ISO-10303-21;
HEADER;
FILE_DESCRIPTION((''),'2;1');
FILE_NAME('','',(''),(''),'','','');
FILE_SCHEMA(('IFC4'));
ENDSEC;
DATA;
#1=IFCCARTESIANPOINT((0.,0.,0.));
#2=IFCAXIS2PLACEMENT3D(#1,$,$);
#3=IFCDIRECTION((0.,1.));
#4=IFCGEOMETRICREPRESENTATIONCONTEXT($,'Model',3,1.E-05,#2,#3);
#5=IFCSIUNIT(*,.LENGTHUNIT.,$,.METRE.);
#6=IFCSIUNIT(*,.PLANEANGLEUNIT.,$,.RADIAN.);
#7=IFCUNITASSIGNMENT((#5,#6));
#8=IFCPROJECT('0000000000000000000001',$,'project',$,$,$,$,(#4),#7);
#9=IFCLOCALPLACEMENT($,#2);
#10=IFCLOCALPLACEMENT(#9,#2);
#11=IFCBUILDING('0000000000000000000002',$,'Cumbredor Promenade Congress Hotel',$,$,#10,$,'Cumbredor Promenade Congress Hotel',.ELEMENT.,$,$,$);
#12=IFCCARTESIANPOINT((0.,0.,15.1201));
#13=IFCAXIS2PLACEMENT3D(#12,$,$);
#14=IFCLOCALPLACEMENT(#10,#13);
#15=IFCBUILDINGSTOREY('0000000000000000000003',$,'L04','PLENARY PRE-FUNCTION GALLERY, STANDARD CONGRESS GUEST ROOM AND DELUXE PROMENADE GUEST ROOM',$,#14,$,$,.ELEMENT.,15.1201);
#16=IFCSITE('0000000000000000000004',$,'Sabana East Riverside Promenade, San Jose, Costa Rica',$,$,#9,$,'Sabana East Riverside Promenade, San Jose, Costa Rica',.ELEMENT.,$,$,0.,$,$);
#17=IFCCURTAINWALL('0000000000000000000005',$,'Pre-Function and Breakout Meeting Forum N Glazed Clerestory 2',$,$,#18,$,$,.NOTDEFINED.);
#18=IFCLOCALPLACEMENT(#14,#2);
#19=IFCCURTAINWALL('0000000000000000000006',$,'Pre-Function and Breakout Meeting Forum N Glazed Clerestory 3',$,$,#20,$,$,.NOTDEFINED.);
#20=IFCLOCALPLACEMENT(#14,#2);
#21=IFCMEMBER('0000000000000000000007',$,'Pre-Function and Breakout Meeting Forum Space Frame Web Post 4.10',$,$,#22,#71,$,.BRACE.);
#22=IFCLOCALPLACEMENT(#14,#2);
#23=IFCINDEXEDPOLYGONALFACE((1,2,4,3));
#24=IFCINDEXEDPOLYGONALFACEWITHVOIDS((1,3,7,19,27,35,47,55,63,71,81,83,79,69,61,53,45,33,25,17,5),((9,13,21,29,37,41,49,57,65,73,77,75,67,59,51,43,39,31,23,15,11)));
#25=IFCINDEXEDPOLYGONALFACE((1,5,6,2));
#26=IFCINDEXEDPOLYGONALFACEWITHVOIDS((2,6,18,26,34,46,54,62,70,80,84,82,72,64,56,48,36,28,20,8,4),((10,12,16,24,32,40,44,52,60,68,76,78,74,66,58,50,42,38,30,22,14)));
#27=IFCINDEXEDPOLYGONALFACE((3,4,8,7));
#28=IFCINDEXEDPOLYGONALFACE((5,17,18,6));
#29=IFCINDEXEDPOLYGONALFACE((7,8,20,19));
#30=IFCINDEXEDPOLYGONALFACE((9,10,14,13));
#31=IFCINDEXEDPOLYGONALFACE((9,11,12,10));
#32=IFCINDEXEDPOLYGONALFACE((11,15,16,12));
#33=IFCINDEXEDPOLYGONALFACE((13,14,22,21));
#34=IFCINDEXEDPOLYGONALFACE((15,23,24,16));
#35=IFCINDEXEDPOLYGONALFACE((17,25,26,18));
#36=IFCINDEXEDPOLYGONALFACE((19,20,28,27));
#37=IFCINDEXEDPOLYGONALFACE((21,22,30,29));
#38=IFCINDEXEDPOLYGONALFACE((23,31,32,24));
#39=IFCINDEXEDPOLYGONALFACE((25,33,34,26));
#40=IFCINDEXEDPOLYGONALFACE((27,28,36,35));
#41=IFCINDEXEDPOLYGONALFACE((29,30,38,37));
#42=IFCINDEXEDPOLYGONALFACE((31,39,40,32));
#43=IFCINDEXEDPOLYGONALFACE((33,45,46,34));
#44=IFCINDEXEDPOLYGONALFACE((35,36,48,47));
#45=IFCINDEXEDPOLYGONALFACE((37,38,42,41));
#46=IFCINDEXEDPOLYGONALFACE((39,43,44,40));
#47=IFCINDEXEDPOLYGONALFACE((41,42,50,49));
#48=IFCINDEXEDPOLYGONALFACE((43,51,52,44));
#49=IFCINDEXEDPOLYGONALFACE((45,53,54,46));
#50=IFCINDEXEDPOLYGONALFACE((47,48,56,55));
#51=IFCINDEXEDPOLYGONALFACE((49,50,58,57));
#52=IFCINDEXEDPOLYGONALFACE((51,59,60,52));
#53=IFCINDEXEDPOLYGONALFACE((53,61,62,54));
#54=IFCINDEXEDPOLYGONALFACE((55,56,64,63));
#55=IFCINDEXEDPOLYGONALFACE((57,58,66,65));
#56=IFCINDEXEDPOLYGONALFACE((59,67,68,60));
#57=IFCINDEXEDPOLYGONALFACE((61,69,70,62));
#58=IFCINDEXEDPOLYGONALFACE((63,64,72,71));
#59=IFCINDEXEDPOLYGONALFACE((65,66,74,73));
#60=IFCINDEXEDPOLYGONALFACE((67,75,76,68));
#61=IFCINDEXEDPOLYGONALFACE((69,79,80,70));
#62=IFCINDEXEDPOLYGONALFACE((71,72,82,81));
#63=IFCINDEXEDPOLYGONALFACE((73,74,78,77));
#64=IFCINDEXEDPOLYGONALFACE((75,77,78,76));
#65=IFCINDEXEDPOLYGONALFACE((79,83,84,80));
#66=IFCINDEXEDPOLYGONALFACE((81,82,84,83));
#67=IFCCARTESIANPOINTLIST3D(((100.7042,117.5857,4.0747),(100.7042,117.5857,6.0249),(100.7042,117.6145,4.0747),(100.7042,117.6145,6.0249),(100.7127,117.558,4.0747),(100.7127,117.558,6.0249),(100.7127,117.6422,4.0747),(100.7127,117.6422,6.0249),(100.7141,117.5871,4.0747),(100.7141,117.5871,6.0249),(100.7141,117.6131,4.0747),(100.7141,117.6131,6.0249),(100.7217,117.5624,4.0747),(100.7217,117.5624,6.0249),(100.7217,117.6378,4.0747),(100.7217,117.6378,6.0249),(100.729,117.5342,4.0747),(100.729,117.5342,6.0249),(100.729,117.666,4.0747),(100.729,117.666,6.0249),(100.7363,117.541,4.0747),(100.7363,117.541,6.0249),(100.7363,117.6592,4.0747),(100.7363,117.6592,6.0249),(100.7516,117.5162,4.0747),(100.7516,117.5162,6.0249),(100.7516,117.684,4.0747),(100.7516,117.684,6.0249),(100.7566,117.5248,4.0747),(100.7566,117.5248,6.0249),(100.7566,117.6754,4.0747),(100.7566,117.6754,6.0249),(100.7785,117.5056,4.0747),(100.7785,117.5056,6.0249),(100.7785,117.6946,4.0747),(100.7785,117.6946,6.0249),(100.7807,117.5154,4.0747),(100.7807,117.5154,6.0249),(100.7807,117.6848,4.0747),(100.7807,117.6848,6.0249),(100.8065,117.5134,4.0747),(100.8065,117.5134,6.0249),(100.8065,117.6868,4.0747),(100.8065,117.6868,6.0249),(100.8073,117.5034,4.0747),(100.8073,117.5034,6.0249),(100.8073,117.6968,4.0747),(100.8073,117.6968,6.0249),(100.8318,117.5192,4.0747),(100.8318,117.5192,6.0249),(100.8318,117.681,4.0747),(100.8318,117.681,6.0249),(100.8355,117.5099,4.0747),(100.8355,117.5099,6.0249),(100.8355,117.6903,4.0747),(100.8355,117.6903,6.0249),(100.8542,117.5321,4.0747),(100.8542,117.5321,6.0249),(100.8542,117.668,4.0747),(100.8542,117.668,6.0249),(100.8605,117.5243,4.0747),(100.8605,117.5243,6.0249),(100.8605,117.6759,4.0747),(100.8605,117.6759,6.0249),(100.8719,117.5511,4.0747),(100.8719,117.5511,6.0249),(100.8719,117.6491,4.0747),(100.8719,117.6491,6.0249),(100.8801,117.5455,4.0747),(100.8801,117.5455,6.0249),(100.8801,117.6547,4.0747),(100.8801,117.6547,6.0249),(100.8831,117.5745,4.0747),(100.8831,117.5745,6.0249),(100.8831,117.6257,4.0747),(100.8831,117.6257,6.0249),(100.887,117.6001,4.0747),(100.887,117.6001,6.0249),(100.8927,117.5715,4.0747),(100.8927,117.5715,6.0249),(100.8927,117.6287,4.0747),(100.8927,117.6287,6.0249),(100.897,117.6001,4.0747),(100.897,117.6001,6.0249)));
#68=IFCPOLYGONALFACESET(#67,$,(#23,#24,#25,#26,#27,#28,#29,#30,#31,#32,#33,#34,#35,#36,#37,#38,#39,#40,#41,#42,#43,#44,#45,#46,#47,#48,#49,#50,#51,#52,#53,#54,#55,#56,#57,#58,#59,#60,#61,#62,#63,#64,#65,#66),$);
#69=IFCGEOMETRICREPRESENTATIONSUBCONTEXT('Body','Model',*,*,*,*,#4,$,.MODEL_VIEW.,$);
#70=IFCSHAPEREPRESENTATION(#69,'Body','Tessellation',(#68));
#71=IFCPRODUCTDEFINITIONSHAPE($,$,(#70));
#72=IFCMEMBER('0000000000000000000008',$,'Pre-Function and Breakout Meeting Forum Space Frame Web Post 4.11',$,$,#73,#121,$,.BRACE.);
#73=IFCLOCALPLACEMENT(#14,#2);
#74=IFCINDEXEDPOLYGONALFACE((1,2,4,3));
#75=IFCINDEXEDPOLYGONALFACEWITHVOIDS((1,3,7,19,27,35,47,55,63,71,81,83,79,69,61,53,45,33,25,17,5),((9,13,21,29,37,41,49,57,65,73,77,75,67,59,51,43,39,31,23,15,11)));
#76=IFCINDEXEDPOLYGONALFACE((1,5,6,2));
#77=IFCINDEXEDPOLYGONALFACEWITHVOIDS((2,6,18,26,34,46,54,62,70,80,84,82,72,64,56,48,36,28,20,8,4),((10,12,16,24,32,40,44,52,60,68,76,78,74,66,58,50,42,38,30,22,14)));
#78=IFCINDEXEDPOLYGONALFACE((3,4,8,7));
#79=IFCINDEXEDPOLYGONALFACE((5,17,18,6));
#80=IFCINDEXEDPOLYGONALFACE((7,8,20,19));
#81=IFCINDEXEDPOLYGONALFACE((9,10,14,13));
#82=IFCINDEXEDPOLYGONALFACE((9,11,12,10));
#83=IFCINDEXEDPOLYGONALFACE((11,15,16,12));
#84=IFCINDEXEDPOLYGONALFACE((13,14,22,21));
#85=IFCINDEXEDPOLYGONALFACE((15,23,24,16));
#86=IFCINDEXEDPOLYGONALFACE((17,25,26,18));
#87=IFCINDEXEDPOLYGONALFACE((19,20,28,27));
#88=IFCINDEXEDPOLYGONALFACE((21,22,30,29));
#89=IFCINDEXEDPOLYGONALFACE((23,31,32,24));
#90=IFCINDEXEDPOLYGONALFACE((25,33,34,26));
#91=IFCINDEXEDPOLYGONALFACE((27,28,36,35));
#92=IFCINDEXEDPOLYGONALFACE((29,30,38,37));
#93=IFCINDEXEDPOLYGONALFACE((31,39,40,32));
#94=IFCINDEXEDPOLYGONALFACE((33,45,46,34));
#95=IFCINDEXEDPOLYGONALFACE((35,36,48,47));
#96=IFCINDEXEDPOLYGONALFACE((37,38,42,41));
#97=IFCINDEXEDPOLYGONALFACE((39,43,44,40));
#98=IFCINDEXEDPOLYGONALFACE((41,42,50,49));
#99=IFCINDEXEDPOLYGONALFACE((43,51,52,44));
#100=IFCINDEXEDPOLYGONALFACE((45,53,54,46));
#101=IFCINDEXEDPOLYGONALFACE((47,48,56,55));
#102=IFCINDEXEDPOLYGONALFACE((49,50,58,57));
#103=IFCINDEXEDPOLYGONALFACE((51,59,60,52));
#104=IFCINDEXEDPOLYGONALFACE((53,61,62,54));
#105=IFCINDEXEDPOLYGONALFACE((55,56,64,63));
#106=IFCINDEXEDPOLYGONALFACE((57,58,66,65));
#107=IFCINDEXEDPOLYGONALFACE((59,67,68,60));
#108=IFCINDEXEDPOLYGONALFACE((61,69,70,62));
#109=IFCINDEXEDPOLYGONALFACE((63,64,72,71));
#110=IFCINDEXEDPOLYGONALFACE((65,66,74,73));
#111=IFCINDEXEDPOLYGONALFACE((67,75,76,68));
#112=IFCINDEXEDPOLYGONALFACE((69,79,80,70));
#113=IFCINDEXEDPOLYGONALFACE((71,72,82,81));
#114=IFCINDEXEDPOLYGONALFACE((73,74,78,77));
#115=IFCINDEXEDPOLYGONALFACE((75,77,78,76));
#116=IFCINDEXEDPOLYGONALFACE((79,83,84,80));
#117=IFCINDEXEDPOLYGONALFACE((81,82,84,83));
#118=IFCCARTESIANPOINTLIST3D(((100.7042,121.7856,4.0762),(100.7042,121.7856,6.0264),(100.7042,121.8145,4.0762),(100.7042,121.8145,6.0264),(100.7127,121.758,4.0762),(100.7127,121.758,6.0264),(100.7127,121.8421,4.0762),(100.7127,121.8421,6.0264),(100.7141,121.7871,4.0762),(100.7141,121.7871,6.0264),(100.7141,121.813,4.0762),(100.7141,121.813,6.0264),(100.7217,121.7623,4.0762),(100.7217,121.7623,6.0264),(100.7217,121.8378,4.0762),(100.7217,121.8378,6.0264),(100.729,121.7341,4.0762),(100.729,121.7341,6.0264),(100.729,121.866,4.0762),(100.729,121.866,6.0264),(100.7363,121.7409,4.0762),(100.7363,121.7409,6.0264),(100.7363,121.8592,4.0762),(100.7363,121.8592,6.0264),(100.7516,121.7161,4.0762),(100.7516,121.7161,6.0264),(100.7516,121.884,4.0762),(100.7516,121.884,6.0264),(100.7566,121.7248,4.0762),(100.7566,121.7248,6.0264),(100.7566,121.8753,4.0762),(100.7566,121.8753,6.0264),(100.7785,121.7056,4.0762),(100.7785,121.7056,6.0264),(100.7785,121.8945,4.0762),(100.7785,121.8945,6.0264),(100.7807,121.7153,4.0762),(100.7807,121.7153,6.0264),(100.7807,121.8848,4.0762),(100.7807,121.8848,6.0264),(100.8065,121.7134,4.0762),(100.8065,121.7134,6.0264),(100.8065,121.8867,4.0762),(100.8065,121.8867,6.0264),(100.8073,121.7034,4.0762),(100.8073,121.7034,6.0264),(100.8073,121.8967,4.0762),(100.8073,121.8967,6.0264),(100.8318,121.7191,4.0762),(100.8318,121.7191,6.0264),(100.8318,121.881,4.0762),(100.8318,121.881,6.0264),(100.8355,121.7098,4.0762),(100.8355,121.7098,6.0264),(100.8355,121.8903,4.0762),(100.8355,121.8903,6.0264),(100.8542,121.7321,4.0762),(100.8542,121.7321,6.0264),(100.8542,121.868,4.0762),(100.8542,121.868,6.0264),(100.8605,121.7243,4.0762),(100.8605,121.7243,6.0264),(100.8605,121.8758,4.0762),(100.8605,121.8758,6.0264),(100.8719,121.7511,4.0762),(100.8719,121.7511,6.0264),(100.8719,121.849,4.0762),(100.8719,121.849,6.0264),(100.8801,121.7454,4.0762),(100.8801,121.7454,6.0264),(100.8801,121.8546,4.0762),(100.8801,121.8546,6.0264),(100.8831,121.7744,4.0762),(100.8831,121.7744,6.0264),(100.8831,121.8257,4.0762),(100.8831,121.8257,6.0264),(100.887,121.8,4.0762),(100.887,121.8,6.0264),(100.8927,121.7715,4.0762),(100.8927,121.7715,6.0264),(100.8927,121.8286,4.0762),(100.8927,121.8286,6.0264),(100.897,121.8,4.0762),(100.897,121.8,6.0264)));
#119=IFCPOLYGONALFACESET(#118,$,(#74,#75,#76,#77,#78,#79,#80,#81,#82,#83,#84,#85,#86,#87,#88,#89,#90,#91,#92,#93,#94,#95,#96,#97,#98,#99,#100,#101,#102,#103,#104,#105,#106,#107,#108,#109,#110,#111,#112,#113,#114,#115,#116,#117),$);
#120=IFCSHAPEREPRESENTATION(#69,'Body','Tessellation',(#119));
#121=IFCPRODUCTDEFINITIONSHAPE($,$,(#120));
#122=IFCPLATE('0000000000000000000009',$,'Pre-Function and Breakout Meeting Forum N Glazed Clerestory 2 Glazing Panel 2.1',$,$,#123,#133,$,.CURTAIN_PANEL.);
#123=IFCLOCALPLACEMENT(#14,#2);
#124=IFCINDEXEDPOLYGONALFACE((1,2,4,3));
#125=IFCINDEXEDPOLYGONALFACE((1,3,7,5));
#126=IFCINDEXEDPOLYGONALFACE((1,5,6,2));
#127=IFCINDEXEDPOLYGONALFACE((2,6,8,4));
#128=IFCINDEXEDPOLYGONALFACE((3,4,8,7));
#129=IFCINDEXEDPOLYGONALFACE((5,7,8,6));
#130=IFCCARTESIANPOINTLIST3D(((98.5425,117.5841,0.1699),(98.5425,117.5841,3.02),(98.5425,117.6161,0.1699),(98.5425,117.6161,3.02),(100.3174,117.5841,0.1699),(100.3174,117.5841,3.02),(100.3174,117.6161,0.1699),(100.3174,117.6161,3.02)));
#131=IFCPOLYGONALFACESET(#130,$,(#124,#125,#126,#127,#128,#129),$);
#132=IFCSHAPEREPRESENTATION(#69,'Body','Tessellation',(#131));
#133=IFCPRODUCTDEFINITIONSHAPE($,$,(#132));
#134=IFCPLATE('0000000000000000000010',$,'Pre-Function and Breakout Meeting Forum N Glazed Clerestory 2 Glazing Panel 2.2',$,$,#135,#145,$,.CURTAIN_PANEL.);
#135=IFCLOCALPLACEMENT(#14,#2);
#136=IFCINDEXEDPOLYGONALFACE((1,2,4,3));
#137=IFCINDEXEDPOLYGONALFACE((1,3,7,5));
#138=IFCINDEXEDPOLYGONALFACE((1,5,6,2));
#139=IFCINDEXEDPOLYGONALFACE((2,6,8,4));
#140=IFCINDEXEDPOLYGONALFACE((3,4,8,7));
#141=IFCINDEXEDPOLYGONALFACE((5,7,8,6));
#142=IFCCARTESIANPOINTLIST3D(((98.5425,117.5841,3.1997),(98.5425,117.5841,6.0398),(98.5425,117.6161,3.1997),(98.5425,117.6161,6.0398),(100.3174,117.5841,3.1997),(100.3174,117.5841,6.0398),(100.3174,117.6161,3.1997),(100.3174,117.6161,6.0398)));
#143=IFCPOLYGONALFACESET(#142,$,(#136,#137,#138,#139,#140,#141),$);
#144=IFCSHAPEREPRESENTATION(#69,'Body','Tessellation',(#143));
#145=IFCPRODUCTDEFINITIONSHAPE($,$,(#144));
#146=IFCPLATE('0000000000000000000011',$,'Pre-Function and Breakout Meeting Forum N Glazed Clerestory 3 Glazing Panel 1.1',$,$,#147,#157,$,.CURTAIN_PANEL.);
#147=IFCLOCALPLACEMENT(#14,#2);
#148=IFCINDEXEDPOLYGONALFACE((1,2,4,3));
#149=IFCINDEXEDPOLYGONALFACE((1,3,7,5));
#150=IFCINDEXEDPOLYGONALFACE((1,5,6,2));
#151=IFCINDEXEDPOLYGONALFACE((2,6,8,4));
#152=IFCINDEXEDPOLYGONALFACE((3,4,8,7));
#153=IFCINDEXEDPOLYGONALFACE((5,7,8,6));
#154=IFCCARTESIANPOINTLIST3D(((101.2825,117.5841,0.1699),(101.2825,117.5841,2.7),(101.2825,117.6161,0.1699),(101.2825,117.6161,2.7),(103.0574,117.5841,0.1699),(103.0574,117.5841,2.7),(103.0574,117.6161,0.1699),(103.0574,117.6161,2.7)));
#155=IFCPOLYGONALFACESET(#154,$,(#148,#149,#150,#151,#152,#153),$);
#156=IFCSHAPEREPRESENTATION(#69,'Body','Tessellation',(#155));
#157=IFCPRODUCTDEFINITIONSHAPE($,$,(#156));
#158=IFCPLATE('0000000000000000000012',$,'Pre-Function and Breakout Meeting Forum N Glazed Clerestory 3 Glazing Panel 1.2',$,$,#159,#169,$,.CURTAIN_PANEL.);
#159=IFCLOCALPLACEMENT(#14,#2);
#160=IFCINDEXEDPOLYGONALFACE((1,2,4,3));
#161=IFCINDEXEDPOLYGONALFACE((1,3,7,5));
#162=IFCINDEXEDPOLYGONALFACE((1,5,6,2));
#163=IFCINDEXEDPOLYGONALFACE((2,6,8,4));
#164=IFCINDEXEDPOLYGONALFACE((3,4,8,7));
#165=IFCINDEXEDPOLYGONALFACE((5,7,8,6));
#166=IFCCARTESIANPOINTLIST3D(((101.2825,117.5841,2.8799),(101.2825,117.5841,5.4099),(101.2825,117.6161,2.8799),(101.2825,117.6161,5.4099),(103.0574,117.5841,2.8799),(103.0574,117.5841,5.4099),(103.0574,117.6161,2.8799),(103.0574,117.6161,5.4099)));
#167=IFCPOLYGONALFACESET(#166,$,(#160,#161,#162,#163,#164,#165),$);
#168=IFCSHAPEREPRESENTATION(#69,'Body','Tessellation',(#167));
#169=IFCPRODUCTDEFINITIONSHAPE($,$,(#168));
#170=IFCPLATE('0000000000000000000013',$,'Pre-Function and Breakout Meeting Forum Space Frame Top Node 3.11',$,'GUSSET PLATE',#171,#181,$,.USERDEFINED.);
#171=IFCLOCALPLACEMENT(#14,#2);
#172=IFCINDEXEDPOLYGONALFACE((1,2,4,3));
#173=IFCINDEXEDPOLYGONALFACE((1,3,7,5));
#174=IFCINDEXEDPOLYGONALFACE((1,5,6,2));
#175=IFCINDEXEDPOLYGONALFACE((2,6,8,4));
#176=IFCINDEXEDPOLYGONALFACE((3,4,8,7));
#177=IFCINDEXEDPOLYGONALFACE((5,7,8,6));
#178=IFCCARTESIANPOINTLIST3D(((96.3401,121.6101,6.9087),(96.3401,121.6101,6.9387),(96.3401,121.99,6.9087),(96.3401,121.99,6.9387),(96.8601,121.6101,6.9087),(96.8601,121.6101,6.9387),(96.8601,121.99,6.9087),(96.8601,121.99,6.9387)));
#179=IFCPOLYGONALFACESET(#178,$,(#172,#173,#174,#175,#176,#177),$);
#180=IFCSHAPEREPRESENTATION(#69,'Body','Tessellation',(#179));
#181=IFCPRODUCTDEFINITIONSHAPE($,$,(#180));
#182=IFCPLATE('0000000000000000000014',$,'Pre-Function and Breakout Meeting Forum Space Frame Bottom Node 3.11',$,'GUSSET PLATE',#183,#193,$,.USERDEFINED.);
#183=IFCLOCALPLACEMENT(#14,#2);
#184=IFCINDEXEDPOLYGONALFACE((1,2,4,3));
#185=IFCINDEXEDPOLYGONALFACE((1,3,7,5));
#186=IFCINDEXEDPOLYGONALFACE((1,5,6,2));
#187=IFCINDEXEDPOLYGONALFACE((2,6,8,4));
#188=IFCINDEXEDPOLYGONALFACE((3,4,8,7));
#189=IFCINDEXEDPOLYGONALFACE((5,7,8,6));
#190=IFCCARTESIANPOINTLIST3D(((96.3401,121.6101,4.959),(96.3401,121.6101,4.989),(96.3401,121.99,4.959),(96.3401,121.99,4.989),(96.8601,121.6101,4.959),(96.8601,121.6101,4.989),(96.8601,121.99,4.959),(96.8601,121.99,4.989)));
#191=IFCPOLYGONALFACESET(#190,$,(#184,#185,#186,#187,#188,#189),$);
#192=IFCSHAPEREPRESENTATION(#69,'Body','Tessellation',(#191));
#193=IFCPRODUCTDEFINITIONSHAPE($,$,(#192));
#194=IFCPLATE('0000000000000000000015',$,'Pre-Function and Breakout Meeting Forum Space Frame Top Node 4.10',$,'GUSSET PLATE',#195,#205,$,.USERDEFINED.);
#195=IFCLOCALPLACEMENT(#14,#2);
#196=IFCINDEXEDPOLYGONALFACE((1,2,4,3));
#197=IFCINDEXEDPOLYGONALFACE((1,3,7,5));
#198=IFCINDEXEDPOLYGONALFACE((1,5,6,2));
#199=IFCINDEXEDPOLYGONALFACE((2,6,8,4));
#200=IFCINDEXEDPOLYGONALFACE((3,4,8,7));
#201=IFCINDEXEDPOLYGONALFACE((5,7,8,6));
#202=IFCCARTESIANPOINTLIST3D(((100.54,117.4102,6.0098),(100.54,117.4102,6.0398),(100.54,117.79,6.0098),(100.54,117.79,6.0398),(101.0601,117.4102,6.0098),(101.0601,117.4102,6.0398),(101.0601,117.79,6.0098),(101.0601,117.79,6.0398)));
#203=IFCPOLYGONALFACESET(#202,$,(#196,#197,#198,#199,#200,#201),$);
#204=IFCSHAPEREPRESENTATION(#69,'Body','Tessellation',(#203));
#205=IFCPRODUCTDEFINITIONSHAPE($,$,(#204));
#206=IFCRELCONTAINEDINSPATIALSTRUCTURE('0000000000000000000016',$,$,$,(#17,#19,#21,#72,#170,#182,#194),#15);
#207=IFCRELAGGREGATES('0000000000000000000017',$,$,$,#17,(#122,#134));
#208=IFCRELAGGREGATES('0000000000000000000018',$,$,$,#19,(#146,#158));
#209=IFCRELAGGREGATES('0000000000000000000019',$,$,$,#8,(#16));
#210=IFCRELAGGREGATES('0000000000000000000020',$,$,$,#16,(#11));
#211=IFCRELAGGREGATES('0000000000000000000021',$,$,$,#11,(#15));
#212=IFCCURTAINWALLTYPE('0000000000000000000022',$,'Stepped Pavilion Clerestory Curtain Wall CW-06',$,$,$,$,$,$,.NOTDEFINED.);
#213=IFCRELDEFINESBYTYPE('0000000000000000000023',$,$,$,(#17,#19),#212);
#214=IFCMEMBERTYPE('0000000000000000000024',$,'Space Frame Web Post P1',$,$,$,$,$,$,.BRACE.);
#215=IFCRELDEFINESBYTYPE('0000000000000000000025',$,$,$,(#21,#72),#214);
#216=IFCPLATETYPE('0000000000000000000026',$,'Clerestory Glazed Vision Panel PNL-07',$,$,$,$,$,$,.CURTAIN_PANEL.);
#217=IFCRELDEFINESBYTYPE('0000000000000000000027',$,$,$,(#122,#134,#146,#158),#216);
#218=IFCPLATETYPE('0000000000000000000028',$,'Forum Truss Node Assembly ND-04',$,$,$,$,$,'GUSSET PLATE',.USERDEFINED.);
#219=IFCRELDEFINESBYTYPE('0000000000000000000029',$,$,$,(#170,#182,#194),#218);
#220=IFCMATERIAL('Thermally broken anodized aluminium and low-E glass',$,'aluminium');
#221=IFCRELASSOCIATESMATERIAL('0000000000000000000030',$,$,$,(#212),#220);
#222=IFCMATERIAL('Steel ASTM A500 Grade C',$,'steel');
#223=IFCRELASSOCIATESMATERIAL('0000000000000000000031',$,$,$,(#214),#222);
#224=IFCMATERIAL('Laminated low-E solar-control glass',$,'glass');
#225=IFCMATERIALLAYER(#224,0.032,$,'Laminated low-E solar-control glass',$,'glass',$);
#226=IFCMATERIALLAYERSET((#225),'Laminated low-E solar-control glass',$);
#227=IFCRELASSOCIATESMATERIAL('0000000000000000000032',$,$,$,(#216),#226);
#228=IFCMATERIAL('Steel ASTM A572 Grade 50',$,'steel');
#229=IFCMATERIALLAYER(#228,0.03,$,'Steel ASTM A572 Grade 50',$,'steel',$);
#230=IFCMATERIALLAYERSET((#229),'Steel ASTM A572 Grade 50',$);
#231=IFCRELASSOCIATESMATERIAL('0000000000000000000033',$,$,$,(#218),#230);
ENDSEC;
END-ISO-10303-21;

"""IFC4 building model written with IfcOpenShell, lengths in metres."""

from ifc_helpers import new_model, si_unit, direction, frame, origin, origin_2d, place, context, subcontext, project, spatial, rectangle, hollow_circle, extrude, material, layer, layer_set, material_profile, profile_set, type_object, element, aggregate, save


model = new_model("IFC4")

# Units and contexts
model_context = context("Model", 3, precision=1e-05, world=origin(), true_north=direction((0.0, 1.0)))
body_context = subcontext(model_context, "Body", "Model", "MODEL_VIEW")
ifc_project = project(units=[si_unit("LENGTHUNIT", "METRE"), si_unit("PLANEANGLEUNIT", "RADIAN")], contexts=[model_context])

# Site, building, storey
site_placement = place(None, origin())
site = spatial("IfcSite", under=ifc_project, at=site_placement, Name="Sabana East Riverside Promenade, San Jose, Costa Rica", LongName="Sabana East Riverside Promenade, San Jose, Costa Rica", CompositionType="ELEMENT", RefElevation=0.0)
building_placement = place(site_placement, origin())
building = spatial("IfcBuilding", under=site, at=building_placement, Name="Cumbredor Promenade Congress Hotel", LongName="Cumbredor Promenade Congress Hotel", CompositionType="ELEMENT")
storey_placement = place(building_placement, frame((0.0, 0.0, 15.1201)))
storey = spatial("IfcBuildingStorey", under=building, at=storey_placement, Name="L04", Description="PLENARY PRE-FUNCTION GALLERY, STANDARD CONGRESS GUEST ROOM AND DELUXE PROMENADE GUEST ROOM", CompositionType="ELEMENT", Elevation=15.1201)

# Curtain walls
ifc_material_1 = material(Name="Thermally broken anodized aluminium and low-E glass", Category="aluminium")
curtain_wall_type = type_object("IfcCurtainWallType", Name="Stepped Pavilion Clerestory Curtain Wall CW-06", PredefinedType="NOTDEFINED", material=ifc_material_1)
curtain_wall_1_placement = place(storey_placement, origin())
curtain_wall_1 = element("IfcCurtainWall", 1, at=curtain_wall_1_placement, inside=storey, type_object=curtain_wall_type, Name="Pre-Function and Breakout Meeting Forum N Glazed Clerestory 2", PredefinedType="NOTDEFINED")
curtain_wall_2_placement = place(storey_placement, origin())
curtain_wall_2 = element("IfcCurtainWall", 2, at=curtain_wall_2_placement, inside=storey, type_object=curtain_wall_type, Name="Pre-Function and Breakout Meeting Forum N Glazed Clerestory 3", PredefinedType="NOTDEFINED")

# Members
ifc_material_2 = material(Name="Steel ASTM A500 Grade C", Category="steel")
ifc_material_profile_1 = material_profile(ifc_material_2, hollow_circle(Radius=0.0969, WallThickness=0.01, at=origin_2d()), Name="CHS 193.7x10")
ifc_profile_set_1 = profile_set([ifc_material_profile_1], Name="Steel ASTM A500 Grade C")
member_type_1 = type_object("IfcMemberType", Name="Space Frame Web Post P1", PredefinedType="BRACE", material=ifc_profile_set_1)
for number, where, z_axis, x_axis, name in (
    (3, (100.8, 117.6001, 4.0747), (0.0, 0.0, 1.0), (1.0, 0.0, 0.0), "Pre-Function and Breakout Meeting Forum Space Frame Web Post 4.10"),
    (4, (100.8, 121.8, 4.0762), (0.0, 0.0, 1.0), (1.0, 0.0, 0.0), "Pre-Function and Breakout Meeting Forum Space Frame Web Post 4.11"),
):
    element("IfcMember", number, at=place(storey_placement, frame(where, z_axis=z_axis, x_axis=x_axis)), inside=storey, type_object=member_type_1, Name=name, PredefinedType="BRACE", context=body_context, shape_type="SweptSolid", body=[
        extrude(hollow_circle(Radius=0.0969, WallThickness=0.01, at=origin_2d()), origin(), (0.0, 0.0, 1.0), 1.9502),
    ])

# Plates
ifc_material_3 = material(Name="Laminated low-E solar-control glass", Category="glass")
ifc_layer_1 = layer(ifc_material_3, 0.032, Name="Laminated low-E solar-control glass", Category="glass")
ifc_layer_set_1 = layer_set([ifc_layer_1], Name="Laminated low-E solar-control glass")
plate_type_1 = type_object("IfcPlateType", Name="Clerestory Glazed Vision Panel PNL-07", PredefinedType="CURTAIN_PANEL", material=ifc_layer_set_1)
plate_1_placement = place(storey_placement, frame((99.4299, 117.6001, 0.1699), z_axis=(0.0, 0.0, 1.0), x_axis=(1.0, 0.0, 0.0)))
plate_1 = element("IfcPlate", 5, at=plate_1_placement, type_object=plate_type_1, Name="Pre-Function and Breakout Meeting Forum N Glazed Clerestory 2 Glazing Panel 2.1", PredefinedType="CURTAIN_PANEL", context=body_context, shape_type="SweptSolid", body=[
    extrude(rectangle(XDim=1.7749, YDim=0.032, at=origin_2d()), origin(), (0.0, 0.0, 1.0), 2.8501),
])
plate_2_placement = place(storey_placement, frame((99.4299, 117.6001, 3.1997), z_axis=(0.0, 0.0, 1.0), x_axis=(1.0, 0.0, 0.0)))
plate_2 = element("IfcPlate", 6, at=plate_2_placement, type_object=plate_type_1, Name="Pre-Function and Breakout Meeting Forum N Glazed Clerestory 2 Glazing Panel 2.2", PredefinedType="CURTAIN_PANEL", context=body_context, shape_type="SweptSolid", body=[
    extrude(rectangle(XDim=1.7749, YDim=0.032, at=origin_2d()), origin(), (0.0, 0.0, 1.0), 2.8401),
])
aggregate(curtain_wall_1, [plate_1, plate_2])
plate_3_placement = place(storey_placement, frame((102.1699, 117.6001, 0.1699), z_axis=(0.0, 0.0, 1.0), x_axis=(1.0, 0.0, 0.0)))
plate_3 = element("IfcPlate", 7, at=plate_3_placement, type_object=plate_type_1, Name="Pre-Function and Breakout Meeting Forum N Glazed Clerestory 3 Glazing Panel 1.1", PredefinedType="CURTAIN_PANEL", context=body_context, shape_type="SweptSolid", body=[
    extrude(rectangle(XDim=1.7749, YDim=0.032, at=origin_2d()), origin(), (0.0, 0.0, 1.0), 2.53),
])
plate_4_placement = place(storey_placement, frame((102.1699, 117.6001, 2.8799), z_axis=(0.0, 0.0, 1.0), x_axis=(1.0, 0.0, 0.0)))
plate_4 = element("IfcPlate", 8, at=plate_4_placement, type_object=plate_type_1, Name="Pre-Function and Breakout Meeting Forum N Glazed Clerestory 3 Glazing Panel 1.2", PredefinedType="CURTAIN_PANEL", context=body_context, shape_type="SweptSolid", body=[
    extrude(rectangle(XDim=1.7749, YDim=0.032, at=origin_2d()), origin(), (0.0, 0.0, 1.0), 2.53),
])
aggregate(curtain_wall_2, [plate_3, plate_4])

# Plates
ifc_material_4 = material(Name="Steel ASTM A572 Grade 50", Category="steel")
ifc_layer_2 = layer(ifc_material_4, 0.03, Name="Steel ASTM A572 Grade 50", Category="steel")
ifc_layer_set_2 = layer_set([ifc_layer_2], Name="Steel ASTM A572 Grade 50")
plate_type_2 = type_object("IfcPlateType", Name="Forum Truss Node Assembly ND-04", ElementType="GUSSET PLATE", PredefinedType="USERDEFINED", material=ifc_layer_set_2)
for number, where, z_axis, x_axis, name in (
    (9, (96.6001, 121.8, 6.9087), (0.0, 0.0, 1.0), (1.0, 0.0, 0.0), "Pre-Function and Breakout Meeting Forum Space Frame Top Node 3.11"),
    (10, (96.6001, 121.8, 4.959), (0.0, 0.0, 1.0), (1.0, 0.0, 0.0), "Pre-Function and Breakout Meeting Forum Space Frame Bottom Node 3.11"),
    (11, (100.8, 117.6001, 6.0098), (0.0, 0.0, 1.0), (1.0, 0.0, 0.0), "Pre-Function and Breakout Meeting Forum Space Frame Top Node 4.10"),
):
    element("IfcPlate", number, at=place(storey_placement, frame(where, z_axis=z_axis, x_axis=x_axis)), inside=storey, type_object=plate_type_2, Name=name, ObjectType="GUSSET PLATE", PredefinedType="USERDEFINED", context=body_context, shape_type="SweptSolid", body=[
        extrude(rectangle(XDim=0.52, YDim=0.3799, at=origin_2d()), origin(), (0.0, 0.0, 1.0), 0.03),
    ])

save(model, "model.ifc")
